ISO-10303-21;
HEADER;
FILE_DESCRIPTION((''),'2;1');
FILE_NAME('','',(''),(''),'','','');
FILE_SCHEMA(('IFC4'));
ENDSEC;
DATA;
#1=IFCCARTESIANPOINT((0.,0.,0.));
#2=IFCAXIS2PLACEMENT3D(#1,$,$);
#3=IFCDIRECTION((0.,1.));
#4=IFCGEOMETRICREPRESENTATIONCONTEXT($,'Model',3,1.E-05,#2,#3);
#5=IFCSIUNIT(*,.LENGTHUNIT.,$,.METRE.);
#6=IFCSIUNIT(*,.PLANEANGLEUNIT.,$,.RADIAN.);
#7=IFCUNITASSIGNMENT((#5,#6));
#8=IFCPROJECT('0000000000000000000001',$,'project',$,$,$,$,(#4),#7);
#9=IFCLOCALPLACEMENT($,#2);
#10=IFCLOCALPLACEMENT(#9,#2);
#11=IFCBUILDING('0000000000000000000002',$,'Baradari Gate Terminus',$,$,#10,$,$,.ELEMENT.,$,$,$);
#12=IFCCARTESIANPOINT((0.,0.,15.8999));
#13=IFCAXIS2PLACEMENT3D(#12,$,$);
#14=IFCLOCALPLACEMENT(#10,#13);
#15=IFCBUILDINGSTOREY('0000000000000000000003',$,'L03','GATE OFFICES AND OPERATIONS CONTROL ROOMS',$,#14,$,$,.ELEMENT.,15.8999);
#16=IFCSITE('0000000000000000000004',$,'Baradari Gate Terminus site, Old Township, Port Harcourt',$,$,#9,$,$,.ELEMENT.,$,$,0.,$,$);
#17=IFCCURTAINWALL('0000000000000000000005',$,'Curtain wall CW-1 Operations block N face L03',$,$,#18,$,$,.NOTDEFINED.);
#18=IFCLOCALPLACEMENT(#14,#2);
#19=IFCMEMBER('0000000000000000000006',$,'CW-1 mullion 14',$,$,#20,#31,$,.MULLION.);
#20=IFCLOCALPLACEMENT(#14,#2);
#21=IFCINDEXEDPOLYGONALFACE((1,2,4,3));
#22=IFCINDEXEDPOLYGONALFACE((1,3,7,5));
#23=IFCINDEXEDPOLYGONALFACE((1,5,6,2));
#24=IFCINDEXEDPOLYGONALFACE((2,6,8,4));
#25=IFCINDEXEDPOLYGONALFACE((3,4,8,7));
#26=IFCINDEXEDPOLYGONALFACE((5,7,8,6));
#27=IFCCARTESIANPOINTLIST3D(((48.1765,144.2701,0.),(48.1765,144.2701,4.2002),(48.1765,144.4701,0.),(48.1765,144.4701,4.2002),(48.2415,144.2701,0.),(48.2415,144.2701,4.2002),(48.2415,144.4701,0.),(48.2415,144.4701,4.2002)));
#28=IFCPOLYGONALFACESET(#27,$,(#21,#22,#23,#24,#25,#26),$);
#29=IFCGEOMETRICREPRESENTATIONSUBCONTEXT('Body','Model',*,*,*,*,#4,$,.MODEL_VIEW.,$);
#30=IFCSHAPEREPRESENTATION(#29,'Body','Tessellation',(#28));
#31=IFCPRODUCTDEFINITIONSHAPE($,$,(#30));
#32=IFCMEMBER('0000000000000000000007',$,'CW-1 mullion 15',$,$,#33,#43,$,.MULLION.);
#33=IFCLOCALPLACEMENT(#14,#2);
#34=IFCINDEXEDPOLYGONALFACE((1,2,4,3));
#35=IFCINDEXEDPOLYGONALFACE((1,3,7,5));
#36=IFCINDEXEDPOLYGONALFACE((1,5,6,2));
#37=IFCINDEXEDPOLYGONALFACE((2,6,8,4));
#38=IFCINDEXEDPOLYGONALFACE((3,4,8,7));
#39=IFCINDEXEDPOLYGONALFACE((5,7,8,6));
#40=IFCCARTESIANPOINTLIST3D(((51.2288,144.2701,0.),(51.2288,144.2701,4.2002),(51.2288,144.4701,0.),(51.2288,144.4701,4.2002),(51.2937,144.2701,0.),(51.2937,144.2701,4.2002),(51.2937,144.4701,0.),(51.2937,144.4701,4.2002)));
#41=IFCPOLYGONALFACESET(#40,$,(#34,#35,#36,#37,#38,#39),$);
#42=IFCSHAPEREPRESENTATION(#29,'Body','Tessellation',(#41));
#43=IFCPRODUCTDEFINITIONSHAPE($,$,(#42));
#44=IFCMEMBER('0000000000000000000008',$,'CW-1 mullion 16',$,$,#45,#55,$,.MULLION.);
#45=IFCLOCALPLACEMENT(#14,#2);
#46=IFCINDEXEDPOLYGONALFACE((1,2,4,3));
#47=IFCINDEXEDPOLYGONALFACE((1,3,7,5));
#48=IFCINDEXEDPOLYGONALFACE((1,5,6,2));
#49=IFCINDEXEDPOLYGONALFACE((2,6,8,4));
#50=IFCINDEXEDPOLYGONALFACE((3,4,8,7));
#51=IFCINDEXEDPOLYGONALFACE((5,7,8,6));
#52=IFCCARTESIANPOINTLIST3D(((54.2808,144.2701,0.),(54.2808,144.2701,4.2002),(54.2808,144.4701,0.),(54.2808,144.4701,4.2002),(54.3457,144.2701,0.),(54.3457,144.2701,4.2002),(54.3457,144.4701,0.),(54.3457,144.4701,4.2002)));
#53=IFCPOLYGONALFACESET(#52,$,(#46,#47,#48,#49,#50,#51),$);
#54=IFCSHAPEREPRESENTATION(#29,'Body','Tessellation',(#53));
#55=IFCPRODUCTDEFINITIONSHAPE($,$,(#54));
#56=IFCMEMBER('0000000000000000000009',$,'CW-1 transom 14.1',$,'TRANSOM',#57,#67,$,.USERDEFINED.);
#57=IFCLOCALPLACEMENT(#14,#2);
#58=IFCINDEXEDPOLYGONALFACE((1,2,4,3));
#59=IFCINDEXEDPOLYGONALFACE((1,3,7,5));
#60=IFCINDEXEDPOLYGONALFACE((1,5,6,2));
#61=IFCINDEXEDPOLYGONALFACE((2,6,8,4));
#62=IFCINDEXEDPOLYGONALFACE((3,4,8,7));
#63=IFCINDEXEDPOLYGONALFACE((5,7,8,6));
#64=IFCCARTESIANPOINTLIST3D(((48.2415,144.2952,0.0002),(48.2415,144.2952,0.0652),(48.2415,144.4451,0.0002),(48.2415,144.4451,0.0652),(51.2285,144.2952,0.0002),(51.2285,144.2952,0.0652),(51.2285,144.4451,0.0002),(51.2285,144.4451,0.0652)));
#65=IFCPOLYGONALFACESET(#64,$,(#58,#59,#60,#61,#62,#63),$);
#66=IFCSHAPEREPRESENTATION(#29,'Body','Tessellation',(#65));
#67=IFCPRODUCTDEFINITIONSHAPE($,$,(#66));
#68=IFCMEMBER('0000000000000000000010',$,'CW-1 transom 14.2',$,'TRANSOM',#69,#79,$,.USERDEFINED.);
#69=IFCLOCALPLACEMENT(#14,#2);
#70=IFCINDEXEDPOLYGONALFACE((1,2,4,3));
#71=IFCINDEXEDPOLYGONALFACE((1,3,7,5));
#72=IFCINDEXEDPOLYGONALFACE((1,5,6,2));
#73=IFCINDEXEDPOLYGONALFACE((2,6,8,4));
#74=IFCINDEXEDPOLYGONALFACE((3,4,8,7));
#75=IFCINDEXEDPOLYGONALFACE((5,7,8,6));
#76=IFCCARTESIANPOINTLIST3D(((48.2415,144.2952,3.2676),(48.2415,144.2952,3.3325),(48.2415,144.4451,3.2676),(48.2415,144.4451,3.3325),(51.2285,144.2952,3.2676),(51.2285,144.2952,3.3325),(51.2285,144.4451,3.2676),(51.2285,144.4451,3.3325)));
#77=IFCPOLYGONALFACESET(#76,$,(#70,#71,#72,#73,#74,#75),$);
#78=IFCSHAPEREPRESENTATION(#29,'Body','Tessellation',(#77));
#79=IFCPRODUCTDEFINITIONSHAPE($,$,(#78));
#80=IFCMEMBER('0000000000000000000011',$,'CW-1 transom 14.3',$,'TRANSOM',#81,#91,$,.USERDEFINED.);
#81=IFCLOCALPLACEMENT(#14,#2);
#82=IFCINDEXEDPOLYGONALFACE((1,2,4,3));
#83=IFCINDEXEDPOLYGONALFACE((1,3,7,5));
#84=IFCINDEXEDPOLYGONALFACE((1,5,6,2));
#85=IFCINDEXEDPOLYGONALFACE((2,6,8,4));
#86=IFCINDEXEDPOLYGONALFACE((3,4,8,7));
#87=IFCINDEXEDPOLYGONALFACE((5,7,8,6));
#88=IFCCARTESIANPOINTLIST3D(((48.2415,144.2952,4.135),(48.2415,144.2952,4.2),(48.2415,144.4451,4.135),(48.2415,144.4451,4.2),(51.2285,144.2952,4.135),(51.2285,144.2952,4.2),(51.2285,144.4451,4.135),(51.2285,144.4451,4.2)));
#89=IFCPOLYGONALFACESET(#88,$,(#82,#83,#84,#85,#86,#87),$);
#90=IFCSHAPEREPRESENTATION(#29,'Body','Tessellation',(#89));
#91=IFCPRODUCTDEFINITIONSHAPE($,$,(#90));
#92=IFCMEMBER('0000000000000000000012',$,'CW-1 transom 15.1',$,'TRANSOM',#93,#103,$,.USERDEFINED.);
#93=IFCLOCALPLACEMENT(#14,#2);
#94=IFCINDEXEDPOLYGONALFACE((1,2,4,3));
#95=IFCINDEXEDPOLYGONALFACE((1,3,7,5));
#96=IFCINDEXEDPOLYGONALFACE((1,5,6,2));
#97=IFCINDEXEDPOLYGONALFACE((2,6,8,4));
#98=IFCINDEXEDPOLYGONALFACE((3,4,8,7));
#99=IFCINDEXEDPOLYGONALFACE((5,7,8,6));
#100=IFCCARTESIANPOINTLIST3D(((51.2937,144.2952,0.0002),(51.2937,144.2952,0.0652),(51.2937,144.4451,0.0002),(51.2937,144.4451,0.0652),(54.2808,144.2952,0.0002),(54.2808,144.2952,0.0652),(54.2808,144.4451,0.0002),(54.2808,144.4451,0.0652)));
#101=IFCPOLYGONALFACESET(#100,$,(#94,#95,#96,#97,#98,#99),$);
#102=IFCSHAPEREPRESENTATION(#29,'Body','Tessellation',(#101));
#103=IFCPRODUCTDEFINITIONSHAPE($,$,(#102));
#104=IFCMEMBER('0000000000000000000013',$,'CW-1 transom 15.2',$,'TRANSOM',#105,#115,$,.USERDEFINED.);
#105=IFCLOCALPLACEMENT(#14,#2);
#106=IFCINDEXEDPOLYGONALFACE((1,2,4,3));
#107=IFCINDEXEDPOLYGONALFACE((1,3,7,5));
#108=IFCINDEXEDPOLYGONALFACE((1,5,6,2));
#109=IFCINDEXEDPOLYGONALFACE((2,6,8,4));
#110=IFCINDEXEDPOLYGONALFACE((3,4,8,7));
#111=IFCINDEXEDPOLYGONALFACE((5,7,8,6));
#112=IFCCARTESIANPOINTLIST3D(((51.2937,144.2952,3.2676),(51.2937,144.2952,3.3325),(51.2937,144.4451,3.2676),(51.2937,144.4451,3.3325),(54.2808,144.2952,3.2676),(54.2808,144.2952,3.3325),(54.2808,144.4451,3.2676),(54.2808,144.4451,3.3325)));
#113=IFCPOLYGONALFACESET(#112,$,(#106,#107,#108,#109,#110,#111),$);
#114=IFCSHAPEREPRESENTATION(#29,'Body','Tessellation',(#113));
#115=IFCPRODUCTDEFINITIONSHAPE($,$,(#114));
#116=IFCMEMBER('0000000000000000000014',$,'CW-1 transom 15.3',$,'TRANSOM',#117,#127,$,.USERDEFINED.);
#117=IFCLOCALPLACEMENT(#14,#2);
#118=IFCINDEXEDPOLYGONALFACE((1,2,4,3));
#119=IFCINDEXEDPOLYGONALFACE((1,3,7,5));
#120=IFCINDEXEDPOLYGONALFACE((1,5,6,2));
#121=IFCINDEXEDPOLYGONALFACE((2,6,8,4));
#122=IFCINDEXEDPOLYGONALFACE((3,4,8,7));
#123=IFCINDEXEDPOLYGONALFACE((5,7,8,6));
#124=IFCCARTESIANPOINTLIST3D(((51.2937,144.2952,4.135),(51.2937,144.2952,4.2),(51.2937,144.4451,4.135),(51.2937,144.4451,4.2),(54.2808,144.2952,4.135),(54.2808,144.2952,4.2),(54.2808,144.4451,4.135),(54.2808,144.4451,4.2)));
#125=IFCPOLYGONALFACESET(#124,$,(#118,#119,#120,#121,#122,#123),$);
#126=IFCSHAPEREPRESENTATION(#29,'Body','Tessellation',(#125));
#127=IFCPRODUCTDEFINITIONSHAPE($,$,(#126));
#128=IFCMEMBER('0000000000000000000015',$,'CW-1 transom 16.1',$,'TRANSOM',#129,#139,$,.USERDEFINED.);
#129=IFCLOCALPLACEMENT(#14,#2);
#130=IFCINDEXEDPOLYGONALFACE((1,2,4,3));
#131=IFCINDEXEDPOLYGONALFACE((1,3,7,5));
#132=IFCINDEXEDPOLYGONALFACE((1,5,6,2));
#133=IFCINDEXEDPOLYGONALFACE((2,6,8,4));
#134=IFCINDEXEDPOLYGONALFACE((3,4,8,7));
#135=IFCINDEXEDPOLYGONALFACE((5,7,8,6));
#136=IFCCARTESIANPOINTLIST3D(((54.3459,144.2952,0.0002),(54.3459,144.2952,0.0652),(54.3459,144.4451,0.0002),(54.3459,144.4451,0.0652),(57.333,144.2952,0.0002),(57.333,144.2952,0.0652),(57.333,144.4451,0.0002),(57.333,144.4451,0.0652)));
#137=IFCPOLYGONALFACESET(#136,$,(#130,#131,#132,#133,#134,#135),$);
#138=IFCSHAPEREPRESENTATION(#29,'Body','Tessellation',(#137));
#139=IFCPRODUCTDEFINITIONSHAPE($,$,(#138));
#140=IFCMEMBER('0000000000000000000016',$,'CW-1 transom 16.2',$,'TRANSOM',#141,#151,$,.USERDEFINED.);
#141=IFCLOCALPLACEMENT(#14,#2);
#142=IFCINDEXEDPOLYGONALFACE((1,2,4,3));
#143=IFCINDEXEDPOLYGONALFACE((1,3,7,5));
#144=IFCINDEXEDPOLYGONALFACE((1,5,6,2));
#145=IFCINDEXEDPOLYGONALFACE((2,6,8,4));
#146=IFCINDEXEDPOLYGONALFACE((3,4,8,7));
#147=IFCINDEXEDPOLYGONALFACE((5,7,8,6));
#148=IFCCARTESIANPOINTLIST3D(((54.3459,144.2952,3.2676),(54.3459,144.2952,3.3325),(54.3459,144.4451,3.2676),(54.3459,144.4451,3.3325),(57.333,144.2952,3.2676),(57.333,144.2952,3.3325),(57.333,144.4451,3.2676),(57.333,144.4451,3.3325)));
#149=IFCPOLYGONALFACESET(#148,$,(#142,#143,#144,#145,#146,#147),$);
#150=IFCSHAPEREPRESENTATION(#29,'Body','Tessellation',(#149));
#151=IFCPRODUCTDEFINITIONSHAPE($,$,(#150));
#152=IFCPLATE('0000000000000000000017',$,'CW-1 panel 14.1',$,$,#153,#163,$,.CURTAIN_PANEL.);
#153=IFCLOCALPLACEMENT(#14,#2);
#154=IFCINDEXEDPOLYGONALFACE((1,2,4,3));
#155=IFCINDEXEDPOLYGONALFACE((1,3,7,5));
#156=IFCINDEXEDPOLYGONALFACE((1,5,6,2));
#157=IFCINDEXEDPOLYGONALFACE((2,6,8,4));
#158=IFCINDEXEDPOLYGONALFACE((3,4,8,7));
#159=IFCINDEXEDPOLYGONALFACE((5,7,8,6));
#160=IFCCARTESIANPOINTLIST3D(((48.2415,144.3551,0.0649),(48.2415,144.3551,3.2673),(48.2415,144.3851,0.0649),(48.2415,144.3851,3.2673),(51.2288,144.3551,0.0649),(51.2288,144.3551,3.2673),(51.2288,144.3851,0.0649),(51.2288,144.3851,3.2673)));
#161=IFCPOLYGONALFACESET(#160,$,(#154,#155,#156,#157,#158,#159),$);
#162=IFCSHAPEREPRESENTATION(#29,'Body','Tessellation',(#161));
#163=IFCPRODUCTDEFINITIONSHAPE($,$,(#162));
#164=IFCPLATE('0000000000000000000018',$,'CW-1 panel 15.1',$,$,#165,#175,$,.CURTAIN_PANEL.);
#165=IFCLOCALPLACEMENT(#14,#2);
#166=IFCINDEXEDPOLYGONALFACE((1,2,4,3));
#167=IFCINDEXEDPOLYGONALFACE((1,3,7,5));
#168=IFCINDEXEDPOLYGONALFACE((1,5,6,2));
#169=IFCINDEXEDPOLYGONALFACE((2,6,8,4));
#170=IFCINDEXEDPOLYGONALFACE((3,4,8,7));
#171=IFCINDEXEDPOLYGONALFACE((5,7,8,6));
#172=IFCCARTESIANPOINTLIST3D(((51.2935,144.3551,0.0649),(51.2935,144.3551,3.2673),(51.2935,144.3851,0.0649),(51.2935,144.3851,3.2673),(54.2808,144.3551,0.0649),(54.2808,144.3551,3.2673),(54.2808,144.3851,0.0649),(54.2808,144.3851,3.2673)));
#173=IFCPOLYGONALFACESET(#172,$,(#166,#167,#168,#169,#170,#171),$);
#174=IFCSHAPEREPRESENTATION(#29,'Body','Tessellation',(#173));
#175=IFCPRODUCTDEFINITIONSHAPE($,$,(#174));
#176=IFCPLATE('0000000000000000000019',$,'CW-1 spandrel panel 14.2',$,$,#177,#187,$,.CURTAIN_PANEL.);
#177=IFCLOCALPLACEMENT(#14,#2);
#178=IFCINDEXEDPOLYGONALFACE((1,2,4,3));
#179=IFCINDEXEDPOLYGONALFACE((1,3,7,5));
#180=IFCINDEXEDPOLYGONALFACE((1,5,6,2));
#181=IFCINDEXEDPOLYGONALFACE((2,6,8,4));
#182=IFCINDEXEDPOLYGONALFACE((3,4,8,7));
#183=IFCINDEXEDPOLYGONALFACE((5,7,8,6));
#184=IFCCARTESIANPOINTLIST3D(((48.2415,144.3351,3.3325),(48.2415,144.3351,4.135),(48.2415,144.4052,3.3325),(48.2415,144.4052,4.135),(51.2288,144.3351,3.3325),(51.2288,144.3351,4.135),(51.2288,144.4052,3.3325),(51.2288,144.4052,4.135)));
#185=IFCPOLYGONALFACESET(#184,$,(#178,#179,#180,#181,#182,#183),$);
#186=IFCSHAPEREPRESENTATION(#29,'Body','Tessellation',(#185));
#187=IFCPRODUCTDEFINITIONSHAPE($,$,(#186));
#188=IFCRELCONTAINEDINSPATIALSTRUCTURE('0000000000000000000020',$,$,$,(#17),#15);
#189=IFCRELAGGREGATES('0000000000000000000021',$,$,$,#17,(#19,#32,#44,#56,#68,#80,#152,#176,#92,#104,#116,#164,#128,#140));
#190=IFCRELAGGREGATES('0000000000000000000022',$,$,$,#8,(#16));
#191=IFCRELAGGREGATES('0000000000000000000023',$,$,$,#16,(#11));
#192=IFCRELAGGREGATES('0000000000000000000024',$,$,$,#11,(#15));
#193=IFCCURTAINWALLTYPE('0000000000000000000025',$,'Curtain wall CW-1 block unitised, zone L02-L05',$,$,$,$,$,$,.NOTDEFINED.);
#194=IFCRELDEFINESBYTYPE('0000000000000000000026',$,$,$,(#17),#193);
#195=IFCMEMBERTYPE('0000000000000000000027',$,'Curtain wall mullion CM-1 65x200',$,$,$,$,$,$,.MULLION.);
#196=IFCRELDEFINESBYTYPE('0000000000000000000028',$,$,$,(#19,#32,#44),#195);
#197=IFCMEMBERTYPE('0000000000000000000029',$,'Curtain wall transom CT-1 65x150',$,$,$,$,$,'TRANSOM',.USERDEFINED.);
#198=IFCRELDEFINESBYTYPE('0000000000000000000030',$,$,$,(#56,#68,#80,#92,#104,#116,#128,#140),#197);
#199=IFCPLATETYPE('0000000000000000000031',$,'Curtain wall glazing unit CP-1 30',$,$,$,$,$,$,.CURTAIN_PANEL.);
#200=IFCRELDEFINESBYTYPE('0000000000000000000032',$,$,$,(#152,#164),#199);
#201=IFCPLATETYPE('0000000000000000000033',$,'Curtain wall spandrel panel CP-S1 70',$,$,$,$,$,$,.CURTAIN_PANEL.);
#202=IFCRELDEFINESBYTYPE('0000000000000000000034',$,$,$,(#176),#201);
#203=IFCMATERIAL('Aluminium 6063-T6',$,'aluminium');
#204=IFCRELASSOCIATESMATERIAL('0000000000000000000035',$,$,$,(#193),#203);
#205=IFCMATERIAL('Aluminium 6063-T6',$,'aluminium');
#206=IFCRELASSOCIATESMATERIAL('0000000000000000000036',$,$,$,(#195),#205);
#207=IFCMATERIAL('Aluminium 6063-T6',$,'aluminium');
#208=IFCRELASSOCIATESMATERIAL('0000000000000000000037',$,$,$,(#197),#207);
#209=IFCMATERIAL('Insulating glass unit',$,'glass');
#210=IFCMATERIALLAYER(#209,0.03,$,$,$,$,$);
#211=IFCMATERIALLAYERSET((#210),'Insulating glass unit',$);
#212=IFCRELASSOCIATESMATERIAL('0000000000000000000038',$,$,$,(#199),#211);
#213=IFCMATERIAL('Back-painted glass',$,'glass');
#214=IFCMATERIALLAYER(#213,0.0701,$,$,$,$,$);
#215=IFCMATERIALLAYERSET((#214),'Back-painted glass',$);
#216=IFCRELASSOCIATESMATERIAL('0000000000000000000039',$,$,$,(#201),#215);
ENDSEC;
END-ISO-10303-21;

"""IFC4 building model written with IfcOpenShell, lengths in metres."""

from ifc_helpers import new_model, si_unit, direction, frame, origin, origin_2d, place, context, subcontext, project, spatial, rectangle, extrude, material, layer, layer_set, material_profile, profile_set, type_object, element, aggregate, save


model = new_model("IFC4")

# Units and contexts
model_context = context("Model", 3, precision=1e-05, world=origin(), true_north=direction((0.0, 1.0)))
body_context = subcontext(model_context, "Body", "Model", "MODEL_VIEW")
ifc_project = project(units=[si_unit("LENGTHUNIT", "METRE"), si_unit("PLANEANGLEUNIT", "RADIAN")], contexts=[model_context])

# Site, building, storey
site_placement = place(None, origin())
site = spatial("IfcSite", under=ifc_project, at=site_placement, Name="Baradari Gate Terminus site, Old Township, Port Harcourt", CompositionType="ELEMENT", RefElevation=0.0)
building_placement = place(site_placement, origin())
building = spatial("IfcBuilding", under=site, at=building_placement, Name="Baradari Gate Terminus", CompositionType="ELEMENT")
storey_placement = place(building_placement, frame((0.0, 0.0, 15.8999)))
storey = spatial("IfcBuildingStorey", under=building, at=storey_placement, Name="L03", Description="GATE OFFICES AND OPERATIONS CONTROL ROOMS", CompositionType="ELEMENT", Elevation=15.8999)

# Curtain wall, members, plates
ifc_material_1 = material(Name="Aluminium 6063-T6", Category="aluminium")
curtain_wall_type = type_object("IfcCurtainWallType", Name="Curtain wall CW-1 block unitised, zone L02-L05", PredefinedType="NOTDEFINED", material=ifc_material_1)
curtain_wall_placement = place(storey_placement, origin())
curtain_wall = element("IfcCurtainWall", 1, at=curtain_wall_placement, inside=storey, type_object=curtain_wall_type, Name="Curtain wall CW-1 Operations block N face L03", PredefinedType="NOTDEFINED")
ifc_material_2 = material(Name="Aluminium 6063-T6", Category="aluminium")
ifc_material_profile_1 = material_profile(ifc_material_2, rectangle(XDim=0.2, YDim=0.0649, at=origin_2d()), Name="CM-1 65X200")
ifc_profile_set_1 = profile_set([ifc_material_profile_1], Name="Aluminium 6063-T6")
member_type_1 = type_object("IfcMemberType", Name="Curtain wall mullion CM-1 65x200", PredefinedType="MULLION", material=ifc_profile_set_1)
member_1_placement = place(storey_placement, frame((48.209, 144.3701, 0.0), z_axis=(0.0, 0.0, 1.0), x_axis=(0.0, 1.0, 0.0)))
member_1 = element("IfcMember", 2, at=member_1_placement, type_object=member_type_1, Name="CW-1 mullion 14", PredefinedType="MULLION", context=body_context, shape_type="SweptSolid", body=[
    extrude(rectangle(XDim=0.2, YDim=0.0649, at=origin_2d()), origin(), (0.0, 0.0, 1.0), 4.2002),
])
member_2_placement = place(storey_placement, frame((51.2612, 144.3701, 0.0), z_axis=(0.0, 0.0, 1.0), x_axis=(0.0, 1.0, 0.0)))
member_2 = element("IfcMember", 3, at=member_2_placement, type_object=member_type_1, Name="CW-1 mullion 15", PredefinedType="MULLION", context=body_context, shape_type="SweptSolid", body=[
    extrude(rectangle(XDim=0.2, YDim=0.0649, at=origin_2d()), origin(), (0.0, 0.0, 1.0), 4.2002),
])
member_3_placement = place(storey_placement, frame((54.3132, 144.3701, 0.0), z_axis=(0.0, 0.0, 1.0), x_axis=(0.0, 1.0, 0.0)))
member_3 = element("IfcMember", 4, at=member_3_placement, type_object=member_type_1, Name="CW-1 mullion 16", PredefinedType="MULLION", context=body_context, shape_type="SweptSolid", body=[
    extrude(rectangle(XDim=0.2, YDim=0.0649, at=origin_2d()), origin(), (0.0, 0.0, 1.0), 4.2002),
])
ifc_material_3 = material(Name="Aluminium 6063-T6", Category="aluminium")
ifc_material_profile_2 = material_profile(ifc_material_3, rectangle(XDim=0.1499, YDim=0.0649, at=origin_2d()), Name="CT-1 65X150")
ifc_profile_set_2 = profile_set([ifc_material_profile_2], Name="Aluminium 6063-T6")
member_type_2 = type_object("IfcMemberType", Name="Curtain wall transom CT-1 65x150", ElementType="TRANSOM", PredefinedType="USERDEFINED", material=ifc_profile_set_2)
member_4_placement = place(storey_placement, frame((48.2415, 144.3701, 0.0327), z_axis=(1.0, 0.0, 0.0), x_axis=(0.0, 1.0, 0.0)))
member_4 = element("IfcMember", 5, at=member_4_placement, type_object=member_type_2, Name="CW-1 transom 14.1", ObjectType="TRANSOM", PredefinedType="USERDEFINED", context=body_context, shape_type="SweptSolid", body=[
    extrude(rectangle(XDim=0.1499, YDim=0.0649, at=origin_2d()), origin(), (0.0, 0.0, 1.0), 2.9871),
])
member_5_placement = place(storey_placement, frame((48.2415, 144.3701, 3.3), z_axis=(1.0, 0.0, 0.0), x_axis=(0.0, 1.0, 0.0)))
member_5 = element("IfcMember", 6, at=member_5_placement, type_object=member_type_2, Name="CW-1 transom 14.2", ObjectType="TRANSOM", PredefinedType="USERDEFINED", context=body_context, shape_type="SweptSolid", body=[
    extrude(rectangle(XDim=0.1499, YDim=0.0649, at=origin_2d()), origin(), (0.0, 0.0, 1.0), 2.9871),
])
member_6_placement = place(storey_placement, frame((48.2415, 144.3701, 4.1675), z_axis=(1.0, 0.0, 0.0), x_axis=(0.0, 1.0, 0.0)))
member_6 = element("IfcMember", 7, at=member_6_placement, type_object=member_type_2, Name="CW-1 transom 14.3", ObjectType="TRANSOM", PredefinedType="USERDEFINED", context=body_context, shape_type="SweptSolid", body=[
    extrude(rectangle(XDim=0.1499, YDim=0.0649, at=origin_2d()), origin(), (0.0, 0.0, 1.0), 2.9871),
])
member_7_placement = place(storey_placement, frame((51.2937, 144.3701, 0.0327), z_axis=(1.0, 0.0, 0.0), x_axis=(0.0, 1.0, 0.0)))
member_7 = element("IfcMember", 8, at=member_7_placement, type_object=member_type_2, Name="CW-1 transom 15.1", ObjectType="TRANSOM", PredefinedType="USERDEFINED", context=body_context, shape_type="SweptSolid", body=[
    extrude(rectangle(XDim=0.1499, YDim=0.0649, at=origin_2d()), origin(), (0.0, 0.0, 1.0), 2.9871),
])
member_8_placement = place(storey_placement, frame((51.2937, 144.3701, 3.3), z_axis=(1.0, 0.0, 0.0), x_axis=(0.0, 1.0, 0.0)))
member_8 = element("IfcMember", 9, at=member_8_placement, type_object=member_type_2, Name="CW-1 transom 15.2", ObjectType="TRANSOM", PredefinedType="USERDEFINED", context=body_context, shape_type="SweptSolid", body=[
    extrude(rectangle(XDim=0.1499, YDim=0.0649, at=origin_2d()), origin(), (0.0, 0.0, 1.0), 2.9871),
])
member_9_placement = place(storey_placement, frame((51.2937, 144.3701, 4.1675), z_axis=(1.0, 0.0, 0.0), x_axis=(0.0, 1.0, 0.0)))
member_9 = element("IfcMember", 10, at=member_9_placement, type_object=member_type_2, Name="CW-1 transom 15.3", ObjectType="TRANSOM", PredefinedType="USERDEFINED", context=body_context, shape_type="SweptSolid", body=[
    extrude(rectangle(XDim=0.1499, YDim=0.0649, at=origin_2d()), origin(), (0.0, 0.0, 1.0), 2.9871),
])
member_10_placement = place(storey_placement, frame((54.3459, 144.3701, 0.0327), z_axis=(1.0, 0.0, 0.0), x_axis=(0.0, 1.0, 0.0)))
member_10 = element("IfcMember", 11, at=member_10_placement, type_object=member_type_2, Name="CW-1 transom 16.1", ObjectType="TRANSOM", PredefinedType="USERDEFINED", context=body_context, shape_type="SweptSolid", body=[
    extrude(rectangle(XDim=0.1499, YDim=0.0649, at=origin_2d()), origin(), (0.0, 0.0, 1.0), 2.9871),
])
member_11_placement = place(storey_placement, frame((54.3459, 144.3701, 3.3), z_axis=(1.0, 0.0, 0.0), x_axis=(0.0, 1.0, 0.0)))
member_11 = element("IfcMember", 12, at=member_11_placement, type_object=member_type_2, Name="CW-1 transom 16.2", ObjectType="TRANSOM", PredefinedType="USERDEFINED", context=body_context, shape_type="SweptSolid", body=[
    extrude(rectangle(XDim=0.1499, YDim=0.0649, at=origin_2d()), origin(), (0.0, 0.0, 1.0), 2.9871),
])
ifc_material_4 = material(Name="Insulating glass unit", Category="glass")
ifc_layer_1 = layer(ifc_material_4, 0.03)
ifc_layer_set_1 = layer_set([ifc_layer_1], Name="Insulating glass unit")
plate_type_1 = type_object("IfcPlateType", Name="Curtain wall glazing unit CP-1 30", PredefinedType="CURTAIN_PANEL", material=ifc_layer_set_1)
plate_1_placement = place(storey_placement, frame((49.7351, 144.3701, 0.0649), z_axis=(0.0, 0.0, 1.0), x_axis=(1.0, 0.0, 0.0)))
plate_1 = element("IfcPlate", 13, at=plate_1_placement, type_object=plate_type_1, Name="CW-1 panel 14.1", PredefinedType="CURTAIN_PANEL", context=body_context, shape_type="SweptSolid", body=[
    extrude(rectangle(XDim=2.9873, YDim=0.03, at=origin_2d()), origin(), (0.0, 0.0, 1.0), 3.2024),
])
plate_2_placement = place(storey_placement, frame((52.7871, 144.3701, 0.0649), z_axis=(0.0, 0.0, 1.0), x_axis=(1.0, 0.0, 0.0)))
plate_2 = element("IfcPlate", 14, at=plate_2_placement, type_object=plate_type_1, Name="CW-1 panel 15.1", PredefinedType="CURTAIN_PANEL", context=body_context, shape_type="SweptSolid", body=[
    extrude(rectangle(XDim=2.9873, YDim=0.03, at=origin_2d()), origin(), (0.0, 0.0, 1.0), 3.2024),
])
ifc_material_5 = material(Name="Back-painted glass", Category="glass")
ifc_layer_2 = layer(ifc_material_5, 0.0701)
ifc_layer_set_2 = layer_set([ifc_layer_2], Name="Back-painted glass")
plate_type_2 = type_object("IfcPlateType", Name="Curtain wall spandrel panel CP-S1 70", PredefinedType="CURTAIN_PANEL", material=ifc_layer_set_2)
plate_3_placement = place(storey_placement, frame((49.7351, 144.3701, 3.3325), z_axis=(0.0, 0.0, 1.0), x_axis=(1.0, 0.0, 0.0)))
plate_3 = element("IfcPlate", 15, at=plate_3_placement, type_object=plate_type_2, Name="CW-1 spandrel panel 14.2", PredefinedType="CURTAIN_PANEL", context=body_context, shape_type="SweptSolid", body=[
    extrude(rectangle(XDim=2.9873, YDim=0.0701, at=origin_2d()), origin(), (0.0, 0.0, 1.0), 0.8025),
])
aggregate(curtain_wall, [member_1, member_2, member_3, member_4, member_5, member_6, plate_1, plate_3, member_7, member_8, member_9, plate_2, member_10, member_11])

save(model, "model.ifc")
